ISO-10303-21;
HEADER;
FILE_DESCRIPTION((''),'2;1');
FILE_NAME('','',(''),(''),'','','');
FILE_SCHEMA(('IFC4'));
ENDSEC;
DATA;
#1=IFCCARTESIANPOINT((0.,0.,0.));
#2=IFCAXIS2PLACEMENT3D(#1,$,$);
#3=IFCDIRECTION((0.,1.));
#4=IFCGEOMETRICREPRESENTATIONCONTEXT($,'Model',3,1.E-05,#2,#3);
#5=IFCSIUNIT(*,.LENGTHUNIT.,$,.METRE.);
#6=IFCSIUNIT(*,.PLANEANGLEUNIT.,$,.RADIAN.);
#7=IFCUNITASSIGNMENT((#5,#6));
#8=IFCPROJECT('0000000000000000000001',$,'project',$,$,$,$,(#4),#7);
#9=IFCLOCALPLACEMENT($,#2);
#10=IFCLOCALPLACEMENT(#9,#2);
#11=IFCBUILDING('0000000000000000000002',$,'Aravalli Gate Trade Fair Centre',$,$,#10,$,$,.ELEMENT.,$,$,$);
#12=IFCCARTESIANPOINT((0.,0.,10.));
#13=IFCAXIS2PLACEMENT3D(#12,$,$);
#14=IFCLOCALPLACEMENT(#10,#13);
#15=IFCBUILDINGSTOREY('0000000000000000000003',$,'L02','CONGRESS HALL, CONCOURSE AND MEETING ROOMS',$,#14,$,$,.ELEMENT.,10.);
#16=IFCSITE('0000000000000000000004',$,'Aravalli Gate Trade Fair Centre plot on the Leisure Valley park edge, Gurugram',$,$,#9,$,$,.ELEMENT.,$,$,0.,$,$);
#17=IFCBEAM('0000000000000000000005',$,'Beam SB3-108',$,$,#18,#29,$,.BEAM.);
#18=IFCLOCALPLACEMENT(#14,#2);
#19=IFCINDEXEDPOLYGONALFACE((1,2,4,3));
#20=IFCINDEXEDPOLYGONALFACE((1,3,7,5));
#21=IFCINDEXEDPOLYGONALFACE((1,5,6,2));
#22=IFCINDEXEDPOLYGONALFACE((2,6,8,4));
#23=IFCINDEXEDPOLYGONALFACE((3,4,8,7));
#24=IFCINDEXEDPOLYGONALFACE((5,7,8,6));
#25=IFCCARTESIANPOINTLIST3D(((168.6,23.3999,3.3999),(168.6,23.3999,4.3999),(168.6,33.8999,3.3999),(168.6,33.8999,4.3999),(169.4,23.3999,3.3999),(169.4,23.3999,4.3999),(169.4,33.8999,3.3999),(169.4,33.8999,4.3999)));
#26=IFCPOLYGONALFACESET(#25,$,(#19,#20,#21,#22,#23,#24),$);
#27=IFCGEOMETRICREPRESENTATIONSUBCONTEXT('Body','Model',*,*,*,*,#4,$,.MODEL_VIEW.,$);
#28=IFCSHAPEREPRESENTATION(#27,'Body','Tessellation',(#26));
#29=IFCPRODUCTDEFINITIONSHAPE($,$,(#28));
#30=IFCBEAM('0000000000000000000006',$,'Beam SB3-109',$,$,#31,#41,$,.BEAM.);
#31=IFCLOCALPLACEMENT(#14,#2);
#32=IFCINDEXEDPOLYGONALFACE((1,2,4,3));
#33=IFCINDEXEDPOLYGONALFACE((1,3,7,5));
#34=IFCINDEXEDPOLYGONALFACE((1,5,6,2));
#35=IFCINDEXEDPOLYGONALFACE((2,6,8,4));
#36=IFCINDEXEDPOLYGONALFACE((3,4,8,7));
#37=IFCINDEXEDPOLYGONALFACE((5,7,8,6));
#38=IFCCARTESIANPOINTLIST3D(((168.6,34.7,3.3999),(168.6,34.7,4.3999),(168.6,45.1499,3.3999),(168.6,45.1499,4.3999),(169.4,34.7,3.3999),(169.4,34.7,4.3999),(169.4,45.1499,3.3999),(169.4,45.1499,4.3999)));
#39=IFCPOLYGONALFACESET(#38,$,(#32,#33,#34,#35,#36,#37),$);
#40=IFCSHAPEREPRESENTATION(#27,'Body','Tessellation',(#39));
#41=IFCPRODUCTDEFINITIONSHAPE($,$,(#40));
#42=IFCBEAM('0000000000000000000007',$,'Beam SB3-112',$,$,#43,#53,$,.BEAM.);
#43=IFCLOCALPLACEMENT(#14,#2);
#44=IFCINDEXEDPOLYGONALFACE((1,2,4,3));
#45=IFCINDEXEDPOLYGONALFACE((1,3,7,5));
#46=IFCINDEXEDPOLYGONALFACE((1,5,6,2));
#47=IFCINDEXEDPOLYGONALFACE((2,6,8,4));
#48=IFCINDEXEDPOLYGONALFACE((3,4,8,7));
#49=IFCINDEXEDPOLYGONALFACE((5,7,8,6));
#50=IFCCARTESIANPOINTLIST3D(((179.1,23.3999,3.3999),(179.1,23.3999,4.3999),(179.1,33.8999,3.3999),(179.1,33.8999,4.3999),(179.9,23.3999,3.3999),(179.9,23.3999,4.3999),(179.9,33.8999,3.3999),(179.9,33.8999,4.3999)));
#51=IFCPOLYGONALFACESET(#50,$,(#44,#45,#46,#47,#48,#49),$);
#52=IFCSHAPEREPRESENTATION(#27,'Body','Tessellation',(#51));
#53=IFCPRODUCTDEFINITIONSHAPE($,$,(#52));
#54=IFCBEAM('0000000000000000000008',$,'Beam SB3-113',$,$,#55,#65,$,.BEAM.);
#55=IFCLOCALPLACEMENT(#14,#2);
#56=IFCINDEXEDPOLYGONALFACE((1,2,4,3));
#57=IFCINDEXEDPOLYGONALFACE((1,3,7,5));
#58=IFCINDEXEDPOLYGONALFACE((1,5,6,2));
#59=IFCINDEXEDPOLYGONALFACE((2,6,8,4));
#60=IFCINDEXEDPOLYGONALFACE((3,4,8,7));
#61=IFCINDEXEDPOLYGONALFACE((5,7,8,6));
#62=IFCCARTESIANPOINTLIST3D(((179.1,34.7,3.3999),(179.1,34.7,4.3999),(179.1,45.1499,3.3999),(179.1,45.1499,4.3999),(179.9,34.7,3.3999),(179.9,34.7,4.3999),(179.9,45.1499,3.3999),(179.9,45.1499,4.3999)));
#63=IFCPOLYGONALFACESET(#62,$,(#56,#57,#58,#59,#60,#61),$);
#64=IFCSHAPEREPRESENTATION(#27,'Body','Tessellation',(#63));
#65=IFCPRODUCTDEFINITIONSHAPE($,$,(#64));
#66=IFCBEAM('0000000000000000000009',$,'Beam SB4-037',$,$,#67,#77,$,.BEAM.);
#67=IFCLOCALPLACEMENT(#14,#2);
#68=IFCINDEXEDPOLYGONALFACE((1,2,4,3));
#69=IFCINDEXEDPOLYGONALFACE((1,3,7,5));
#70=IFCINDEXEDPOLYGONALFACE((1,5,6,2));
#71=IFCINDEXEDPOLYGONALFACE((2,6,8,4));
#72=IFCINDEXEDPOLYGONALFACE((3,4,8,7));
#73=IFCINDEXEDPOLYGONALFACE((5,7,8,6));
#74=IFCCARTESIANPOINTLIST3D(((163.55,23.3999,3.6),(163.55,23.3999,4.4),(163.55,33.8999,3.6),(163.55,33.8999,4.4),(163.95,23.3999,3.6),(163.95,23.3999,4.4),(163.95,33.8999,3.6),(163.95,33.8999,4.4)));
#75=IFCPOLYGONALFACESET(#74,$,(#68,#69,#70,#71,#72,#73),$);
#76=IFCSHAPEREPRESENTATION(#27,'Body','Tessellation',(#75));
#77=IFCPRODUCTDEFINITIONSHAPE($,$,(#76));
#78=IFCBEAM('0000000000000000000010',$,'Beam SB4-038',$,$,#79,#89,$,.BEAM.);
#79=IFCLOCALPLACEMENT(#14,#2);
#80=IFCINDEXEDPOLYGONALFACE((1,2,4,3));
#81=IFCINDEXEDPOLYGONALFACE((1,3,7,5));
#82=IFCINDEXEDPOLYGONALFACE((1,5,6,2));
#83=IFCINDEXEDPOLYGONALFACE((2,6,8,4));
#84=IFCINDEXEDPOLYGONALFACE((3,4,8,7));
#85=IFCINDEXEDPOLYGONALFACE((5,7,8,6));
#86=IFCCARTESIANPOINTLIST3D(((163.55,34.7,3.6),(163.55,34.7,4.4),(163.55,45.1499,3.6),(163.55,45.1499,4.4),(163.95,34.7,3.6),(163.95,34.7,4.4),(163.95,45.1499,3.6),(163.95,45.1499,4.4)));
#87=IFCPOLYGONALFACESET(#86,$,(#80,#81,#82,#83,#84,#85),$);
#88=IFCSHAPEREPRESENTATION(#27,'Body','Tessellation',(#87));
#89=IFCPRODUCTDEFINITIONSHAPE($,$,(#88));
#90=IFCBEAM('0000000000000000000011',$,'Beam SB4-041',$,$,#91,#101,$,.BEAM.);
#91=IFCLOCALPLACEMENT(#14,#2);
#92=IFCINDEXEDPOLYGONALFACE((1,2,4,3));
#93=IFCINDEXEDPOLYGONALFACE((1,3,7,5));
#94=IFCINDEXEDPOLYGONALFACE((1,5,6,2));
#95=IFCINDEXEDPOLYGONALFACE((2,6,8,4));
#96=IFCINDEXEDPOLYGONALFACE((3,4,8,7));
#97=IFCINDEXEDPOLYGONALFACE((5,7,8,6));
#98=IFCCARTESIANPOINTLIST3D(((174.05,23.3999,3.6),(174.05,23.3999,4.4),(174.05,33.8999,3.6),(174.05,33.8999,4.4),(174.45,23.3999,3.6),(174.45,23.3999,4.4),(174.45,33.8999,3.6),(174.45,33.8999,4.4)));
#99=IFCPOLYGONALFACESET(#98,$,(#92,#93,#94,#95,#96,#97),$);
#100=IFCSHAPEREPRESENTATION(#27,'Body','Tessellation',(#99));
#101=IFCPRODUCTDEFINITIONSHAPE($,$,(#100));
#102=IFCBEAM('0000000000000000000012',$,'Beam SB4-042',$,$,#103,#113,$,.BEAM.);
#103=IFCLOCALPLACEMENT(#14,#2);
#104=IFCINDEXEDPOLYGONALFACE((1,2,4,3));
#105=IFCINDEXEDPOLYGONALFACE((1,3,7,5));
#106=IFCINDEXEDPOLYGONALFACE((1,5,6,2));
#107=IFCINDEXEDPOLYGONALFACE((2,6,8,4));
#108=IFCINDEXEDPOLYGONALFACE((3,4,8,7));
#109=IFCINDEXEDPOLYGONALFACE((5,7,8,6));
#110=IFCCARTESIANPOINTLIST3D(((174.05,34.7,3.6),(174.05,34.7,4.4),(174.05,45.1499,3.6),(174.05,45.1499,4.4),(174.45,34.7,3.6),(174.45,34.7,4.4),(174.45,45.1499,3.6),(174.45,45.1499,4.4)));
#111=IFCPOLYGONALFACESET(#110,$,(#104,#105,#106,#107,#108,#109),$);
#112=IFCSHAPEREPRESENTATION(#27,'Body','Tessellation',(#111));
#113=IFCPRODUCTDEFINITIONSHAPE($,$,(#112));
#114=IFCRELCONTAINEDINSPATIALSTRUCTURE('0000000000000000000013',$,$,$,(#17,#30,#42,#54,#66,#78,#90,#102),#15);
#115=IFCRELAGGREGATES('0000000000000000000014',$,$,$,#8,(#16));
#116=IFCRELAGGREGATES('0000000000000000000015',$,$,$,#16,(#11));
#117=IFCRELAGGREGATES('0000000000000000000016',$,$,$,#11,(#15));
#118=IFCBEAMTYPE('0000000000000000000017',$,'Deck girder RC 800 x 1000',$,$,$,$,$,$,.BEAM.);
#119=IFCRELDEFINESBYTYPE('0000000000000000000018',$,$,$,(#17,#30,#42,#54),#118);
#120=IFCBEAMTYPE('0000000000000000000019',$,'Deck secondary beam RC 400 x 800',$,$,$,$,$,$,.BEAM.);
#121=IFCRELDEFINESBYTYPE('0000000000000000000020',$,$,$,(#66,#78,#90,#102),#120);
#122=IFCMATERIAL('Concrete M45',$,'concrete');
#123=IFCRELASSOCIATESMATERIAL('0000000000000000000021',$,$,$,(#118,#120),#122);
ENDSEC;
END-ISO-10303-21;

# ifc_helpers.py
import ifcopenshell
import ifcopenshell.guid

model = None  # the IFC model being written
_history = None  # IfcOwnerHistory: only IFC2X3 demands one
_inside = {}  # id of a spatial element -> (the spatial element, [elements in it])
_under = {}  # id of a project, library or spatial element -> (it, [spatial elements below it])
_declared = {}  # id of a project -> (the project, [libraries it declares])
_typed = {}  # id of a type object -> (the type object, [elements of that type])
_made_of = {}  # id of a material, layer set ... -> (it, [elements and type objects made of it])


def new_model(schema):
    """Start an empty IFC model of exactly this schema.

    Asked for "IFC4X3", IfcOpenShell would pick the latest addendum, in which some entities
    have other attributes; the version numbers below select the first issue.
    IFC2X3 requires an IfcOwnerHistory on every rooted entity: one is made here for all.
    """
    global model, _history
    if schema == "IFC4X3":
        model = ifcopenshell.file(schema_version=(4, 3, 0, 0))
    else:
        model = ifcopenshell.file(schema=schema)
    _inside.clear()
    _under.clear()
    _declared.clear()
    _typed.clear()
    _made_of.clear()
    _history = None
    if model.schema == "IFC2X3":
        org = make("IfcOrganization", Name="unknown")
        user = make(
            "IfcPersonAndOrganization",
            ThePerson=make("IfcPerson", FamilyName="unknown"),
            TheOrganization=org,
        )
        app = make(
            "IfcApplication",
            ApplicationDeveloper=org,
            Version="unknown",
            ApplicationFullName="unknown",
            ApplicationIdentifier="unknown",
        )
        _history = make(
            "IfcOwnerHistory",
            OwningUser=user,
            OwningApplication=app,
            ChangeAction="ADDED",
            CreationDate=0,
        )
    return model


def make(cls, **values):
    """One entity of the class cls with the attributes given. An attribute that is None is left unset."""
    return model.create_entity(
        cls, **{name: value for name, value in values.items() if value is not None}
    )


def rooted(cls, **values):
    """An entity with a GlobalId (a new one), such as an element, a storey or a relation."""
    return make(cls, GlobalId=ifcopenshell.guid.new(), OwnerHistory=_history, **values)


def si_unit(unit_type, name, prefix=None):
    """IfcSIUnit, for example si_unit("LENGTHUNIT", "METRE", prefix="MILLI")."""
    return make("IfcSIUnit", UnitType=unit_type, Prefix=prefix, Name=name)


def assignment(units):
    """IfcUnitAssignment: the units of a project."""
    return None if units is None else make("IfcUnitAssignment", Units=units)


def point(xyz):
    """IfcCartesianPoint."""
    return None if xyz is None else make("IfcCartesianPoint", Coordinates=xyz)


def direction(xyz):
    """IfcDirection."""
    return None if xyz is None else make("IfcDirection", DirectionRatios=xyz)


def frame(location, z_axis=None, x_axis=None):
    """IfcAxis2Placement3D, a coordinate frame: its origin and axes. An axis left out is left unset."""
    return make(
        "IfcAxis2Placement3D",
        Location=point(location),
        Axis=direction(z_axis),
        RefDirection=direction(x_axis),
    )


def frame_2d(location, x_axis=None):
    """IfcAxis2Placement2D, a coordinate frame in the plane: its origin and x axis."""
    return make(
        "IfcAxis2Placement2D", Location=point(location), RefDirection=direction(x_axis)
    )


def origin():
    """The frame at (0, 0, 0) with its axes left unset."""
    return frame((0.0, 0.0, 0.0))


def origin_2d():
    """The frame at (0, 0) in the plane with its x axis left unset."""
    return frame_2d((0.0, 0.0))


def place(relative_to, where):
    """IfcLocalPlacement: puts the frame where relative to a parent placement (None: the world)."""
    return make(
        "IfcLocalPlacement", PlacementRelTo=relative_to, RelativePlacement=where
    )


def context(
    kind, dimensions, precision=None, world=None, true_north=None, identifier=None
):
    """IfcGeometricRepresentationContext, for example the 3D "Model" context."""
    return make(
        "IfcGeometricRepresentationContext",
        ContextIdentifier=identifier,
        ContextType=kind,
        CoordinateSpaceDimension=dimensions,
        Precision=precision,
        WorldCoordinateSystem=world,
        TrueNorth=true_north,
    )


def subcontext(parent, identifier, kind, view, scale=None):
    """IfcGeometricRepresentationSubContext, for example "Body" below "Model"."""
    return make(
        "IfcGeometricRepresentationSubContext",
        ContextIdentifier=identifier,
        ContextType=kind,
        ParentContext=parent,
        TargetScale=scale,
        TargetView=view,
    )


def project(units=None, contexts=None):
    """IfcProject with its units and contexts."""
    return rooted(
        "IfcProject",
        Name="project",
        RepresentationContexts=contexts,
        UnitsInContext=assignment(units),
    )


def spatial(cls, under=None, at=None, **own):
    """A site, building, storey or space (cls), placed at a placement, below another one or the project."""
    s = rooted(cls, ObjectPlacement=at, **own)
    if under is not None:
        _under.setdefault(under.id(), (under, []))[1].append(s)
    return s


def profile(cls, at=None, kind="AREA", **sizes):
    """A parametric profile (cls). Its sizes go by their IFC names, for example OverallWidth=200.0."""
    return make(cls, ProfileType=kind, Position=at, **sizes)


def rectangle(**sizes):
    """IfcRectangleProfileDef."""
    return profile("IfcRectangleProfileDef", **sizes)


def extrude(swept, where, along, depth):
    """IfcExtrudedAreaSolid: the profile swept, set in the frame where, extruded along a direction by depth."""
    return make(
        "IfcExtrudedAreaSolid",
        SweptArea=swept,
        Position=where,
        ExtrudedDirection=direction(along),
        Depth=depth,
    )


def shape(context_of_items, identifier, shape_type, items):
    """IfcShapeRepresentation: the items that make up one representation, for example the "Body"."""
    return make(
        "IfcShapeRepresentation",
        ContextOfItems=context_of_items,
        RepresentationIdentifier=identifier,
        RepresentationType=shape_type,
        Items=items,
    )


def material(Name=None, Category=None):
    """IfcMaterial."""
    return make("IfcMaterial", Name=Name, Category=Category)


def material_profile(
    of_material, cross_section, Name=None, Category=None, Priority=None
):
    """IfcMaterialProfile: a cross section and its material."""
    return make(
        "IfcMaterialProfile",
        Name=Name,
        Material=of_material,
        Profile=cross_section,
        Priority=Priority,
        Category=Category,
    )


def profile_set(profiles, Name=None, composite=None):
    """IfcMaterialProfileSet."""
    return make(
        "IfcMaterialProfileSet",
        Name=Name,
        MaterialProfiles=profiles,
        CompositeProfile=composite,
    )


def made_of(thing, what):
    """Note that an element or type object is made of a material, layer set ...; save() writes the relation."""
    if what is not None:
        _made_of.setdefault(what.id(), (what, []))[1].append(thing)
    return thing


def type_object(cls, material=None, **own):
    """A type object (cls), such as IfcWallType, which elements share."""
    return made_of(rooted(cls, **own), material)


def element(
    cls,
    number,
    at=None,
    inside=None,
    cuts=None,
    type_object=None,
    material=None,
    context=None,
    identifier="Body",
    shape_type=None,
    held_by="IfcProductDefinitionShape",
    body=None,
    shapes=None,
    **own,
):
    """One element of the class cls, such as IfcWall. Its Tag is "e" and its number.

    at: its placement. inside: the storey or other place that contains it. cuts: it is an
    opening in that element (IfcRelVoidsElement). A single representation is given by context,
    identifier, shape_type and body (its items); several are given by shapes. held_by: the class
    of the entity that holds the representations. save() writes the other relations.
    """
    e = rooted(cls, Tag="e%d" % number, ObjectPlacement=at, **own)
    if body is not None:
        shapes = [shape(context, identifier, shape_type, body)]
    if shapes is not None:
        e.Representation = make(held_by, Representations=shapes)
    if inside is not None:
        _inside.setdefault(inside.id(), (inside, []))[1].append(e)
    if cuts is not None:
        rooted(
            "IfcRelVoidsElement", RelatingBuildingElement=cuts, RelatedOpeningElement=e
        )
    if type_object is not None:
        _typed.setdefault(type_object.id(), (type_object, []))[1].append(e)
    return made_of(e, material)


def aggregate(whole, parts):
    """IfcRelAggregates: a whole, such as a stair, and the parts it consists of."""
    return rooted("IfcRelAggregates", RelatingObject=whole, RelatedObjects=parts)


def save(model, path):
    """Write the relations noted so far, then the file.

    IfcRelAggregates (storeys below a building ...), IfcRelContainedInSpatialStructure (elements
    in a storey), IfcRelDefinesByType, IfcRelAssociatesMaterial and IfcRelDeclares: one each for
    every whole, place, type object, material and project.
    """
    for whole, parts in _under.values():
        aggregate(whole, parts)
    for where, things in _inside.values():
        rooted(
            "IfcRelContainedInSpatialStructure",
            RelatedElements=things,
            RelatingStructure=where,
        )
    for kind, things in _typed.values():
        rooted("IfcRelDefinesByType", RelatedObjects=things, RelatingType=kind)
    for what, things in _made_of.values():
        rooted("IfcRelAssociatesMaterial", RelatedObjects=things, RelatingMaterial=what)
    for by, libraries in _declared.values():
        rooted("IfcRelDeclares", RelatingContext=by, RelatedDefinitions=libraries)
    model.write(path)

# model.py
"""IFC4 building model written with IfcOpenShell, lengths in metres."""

from ifc_helpers import new_model, si_unit, direction, frame, origin, origin_2d, place, context, subcontext, project, spatial, rectangle, extrude, material, material_profile, profile_set, type_object, element, save


model = new_model("IFC4")

# Units and contexts
model_context = context("Model", 3, precision=1e-05, world=origin(), true_north=direction((0.0, 1.0)))
body_context = subcontext(model_context, "Body", "Model", "MODEL_VIEW")
ifc_project = project(units=[si_unit("LENGTHUNIT", "METRE"), si_unit("PLANEANGLEUNIT", "RADIAN")], contexts=[model_context])

# Site, building, storey
site_placement = place(None, origin())
site = spatial("IfcSite", under=ifc_project, at=site_placement, Name="Aravalli Gate Trade Fair Centre plot on the Leisure Valley park edge, Gurugram", CompositionType="ELEMENT", RefElevation=0.0)
building_placement = place(site_placement, origin())
building = spatial("IfcBuilding", under=site, at=building_placement, Name="Aravalli Gate Trade Fair Centre", CompositionType="ELEMENT")
storey_placement = place(building_placement, frame((0.0, 0.0, 10.0)))
storey = spatial("IfcBuildingStorey", under=building, at=storey_placement, Name="L02", Description="CONGRESS HALL, CONCOURSE AND MEETING ROOMS", CompositionType="ELEMENT", Elevation=10.0)

# Shared definitions
ifc_material = material(Name="Concrete M45", Category="concrete")

# Beams
ifc_material_profile_1 = material_profile(ifc_material, rectangle(XDim=0.8, YDim=1.0, at=origin_2d()), Name="Deck girder RC 800 x 1000")
ifc_profile_set_1 = profile_set([ifc_material_profile_1], Name="Concrete M45")
beam_type_1 = type_object("IfcBeamType", Name="Deck girder RC 800 x 1000", PredefinedType="BEAM", material=ifc_profile_set_1)
beam_1_placement = place(storey_placement, frame((169.0, 23.3999, 3.8999), z_axis=(0.0, 1.0, 0.0), x_axis=(-1.0, 0.0, 0.0)))
element("IfcBeam", 1, at=beam_1_placement, inside=storey, type_object=beam_type_1, Name="Beam SB3-108", PredefinedType="BEAM", context=body_context, shape_type="SweptSolid", body=[
    extrude(rectangle(XDim=0.8, YDim=1.0, at=origin_2d()), origin(), (0.0, 0.0, 1.0), 10.5),
])
beam_2_placement = place(storey_placement, frame((169.0, 34.7, 3.8999), z_axis=(0.0, 1.0, 0.0), x_axis=(-1.0, 0.0, 0.0)))
element("IfcBeam", 2, at=beam_2_placement, inside=storey, type_object=beam_type_1, Name="Beam SB3-109", PredefinedType="BEAM", context=body_context, shape_type="SweptSolid", body=[
    extrude(rectangle(XDim=0.8, YDim=1.0, at=origin_2d()), origin(), (0.0, 0.0, 1.0), 10.45),
])
beam_3_placement = place(storey_placement, frame((179.5, 23.3999, 3.8999), z_axis=(0.0, 1.0, 0.0), x_axis=(-1.0, 0.0, 0.0)))
element("IfcBeam", 3, at=beam_3_placement, inside=storey, type_object=beam_type_1, Name="Beam SB3-112", PredefinedType="BEAM", context=body_context, shape_type="SweptSolid", body=[
    extrude(rectangle(XDim=0.8, YDim=1.0, at=origin_2d()), origin(), (0.0, 0.0, 1.0), 10.5),
])
beam_4_placement = place(storey_placement, frame((179.5, 34.7, 3.8999), z_axis=(0.0, 1.0, 0.0), x_axis=(-1.0, 0.0, 0.0)))
element("IfcBeam", 4, at=beam_4_placement, inside=storey, type_object=beam_type_1, Name="Beam SB3-113", PredefinedType="BEAM", context=body_context, shape_type="SweptSolid", body=[
    extrude(rectangle(XDim=0.8, YDim=1.0, at=origin_2d()), origin(), (0.0, 0.0, 1.0), 10.45),
])
ifc_material_profile_2 = material_profile(ifc_material, rectangle(XDim=0.3999, YDim=0.8, at=origin_2d()), Name="Deck secondary beam RC 400 x 800")
ifc_profile_set_2 = profile_set([ifc_material_profile_2], Name="Concrete M45")
beam_type_2 = type_object("IfcBeamType", Name="Deck secondary beam RC 400 x 800", PredefinedType="BEAM", material=ifc_profile_set_2)
beam_5_placement = place(storey_placement, frame((163.75, 23.3999, 4.0), z_axis=(0.0, 1.0, 0.0), x_axis=(-1.0, 0.0, 0.0)))
element("IfcBeam", 5, at=beam_5_placement, inside=storey, type_object=beam_type_2, Name="Beam SB4-037", PredefinedType="BEAM", context=body_context, shape_type="SweptSolid", body=[
    extrude(rectangle(XDim=0.3999, YDim=0.8, at=origin_2d()), origin(), (0.0, 0.0, 1.0), 10.5),
])
beam_6_placement = place(storey_placement, frame((163.75, 34.7, 4.0), z_axis=(0.0, 1.0, 0.0), x_axis=(-1.0, 0.0, 0.0)))
element("IfcBeam", 6, at=beam_6_placement, inside=storey, type_object=beam_type_2, Name="Beam SB4-038", PredefinedType="BEAM", context=body_context, shape_type="SweptSolid", body=[
    extrude(rectangle(XDim=0.3999, YDim=0.8, at=origin_2d()), origin(), (0.0, 0.0, 1.0), 10.45),
])
beam_7_placement = place(storey_placement, frame((174.25, 23.3999, 4.0), z_axis=(0.0, 1.0, 0.0), x_axis=(-1.0, 0.0, 0.0)))
element("IfcBeam", 7, at=beam_7_placement, inside=storey, type_object=beam_type_2, Name="Beam SB4-041", PredefinedType="BEAM", context=body_context, shape_type="SweptSolid", body=[
    extrude(rectangle(XDim=0.3999, YDim=0.8, at=origin_2d()), origin(), (0.0, 0.0, 1.0), 10.5),
])
beam_8_placement = place(storey_placement, frame((174.25, 34.7, 4.0), z_axis=(0.0, 1.0, 0.0), x_axis=(-1.0, 0.0, 0.0)))
element("IfcBeam", 8, at=beam_8_placement, inside=storey, type_object=beam_type_2, Name="Beam SB4-042", PredefinedType="BEAM", context=body_context, shape_type="SweptSolid", body=[
    extrude(rectangle(XDim=0.3999, YDim=0.8, at=origin_2d()), origin(), (0.0, 0.0, 1.0), 10.45),
])

save(model, "model.ifc")
